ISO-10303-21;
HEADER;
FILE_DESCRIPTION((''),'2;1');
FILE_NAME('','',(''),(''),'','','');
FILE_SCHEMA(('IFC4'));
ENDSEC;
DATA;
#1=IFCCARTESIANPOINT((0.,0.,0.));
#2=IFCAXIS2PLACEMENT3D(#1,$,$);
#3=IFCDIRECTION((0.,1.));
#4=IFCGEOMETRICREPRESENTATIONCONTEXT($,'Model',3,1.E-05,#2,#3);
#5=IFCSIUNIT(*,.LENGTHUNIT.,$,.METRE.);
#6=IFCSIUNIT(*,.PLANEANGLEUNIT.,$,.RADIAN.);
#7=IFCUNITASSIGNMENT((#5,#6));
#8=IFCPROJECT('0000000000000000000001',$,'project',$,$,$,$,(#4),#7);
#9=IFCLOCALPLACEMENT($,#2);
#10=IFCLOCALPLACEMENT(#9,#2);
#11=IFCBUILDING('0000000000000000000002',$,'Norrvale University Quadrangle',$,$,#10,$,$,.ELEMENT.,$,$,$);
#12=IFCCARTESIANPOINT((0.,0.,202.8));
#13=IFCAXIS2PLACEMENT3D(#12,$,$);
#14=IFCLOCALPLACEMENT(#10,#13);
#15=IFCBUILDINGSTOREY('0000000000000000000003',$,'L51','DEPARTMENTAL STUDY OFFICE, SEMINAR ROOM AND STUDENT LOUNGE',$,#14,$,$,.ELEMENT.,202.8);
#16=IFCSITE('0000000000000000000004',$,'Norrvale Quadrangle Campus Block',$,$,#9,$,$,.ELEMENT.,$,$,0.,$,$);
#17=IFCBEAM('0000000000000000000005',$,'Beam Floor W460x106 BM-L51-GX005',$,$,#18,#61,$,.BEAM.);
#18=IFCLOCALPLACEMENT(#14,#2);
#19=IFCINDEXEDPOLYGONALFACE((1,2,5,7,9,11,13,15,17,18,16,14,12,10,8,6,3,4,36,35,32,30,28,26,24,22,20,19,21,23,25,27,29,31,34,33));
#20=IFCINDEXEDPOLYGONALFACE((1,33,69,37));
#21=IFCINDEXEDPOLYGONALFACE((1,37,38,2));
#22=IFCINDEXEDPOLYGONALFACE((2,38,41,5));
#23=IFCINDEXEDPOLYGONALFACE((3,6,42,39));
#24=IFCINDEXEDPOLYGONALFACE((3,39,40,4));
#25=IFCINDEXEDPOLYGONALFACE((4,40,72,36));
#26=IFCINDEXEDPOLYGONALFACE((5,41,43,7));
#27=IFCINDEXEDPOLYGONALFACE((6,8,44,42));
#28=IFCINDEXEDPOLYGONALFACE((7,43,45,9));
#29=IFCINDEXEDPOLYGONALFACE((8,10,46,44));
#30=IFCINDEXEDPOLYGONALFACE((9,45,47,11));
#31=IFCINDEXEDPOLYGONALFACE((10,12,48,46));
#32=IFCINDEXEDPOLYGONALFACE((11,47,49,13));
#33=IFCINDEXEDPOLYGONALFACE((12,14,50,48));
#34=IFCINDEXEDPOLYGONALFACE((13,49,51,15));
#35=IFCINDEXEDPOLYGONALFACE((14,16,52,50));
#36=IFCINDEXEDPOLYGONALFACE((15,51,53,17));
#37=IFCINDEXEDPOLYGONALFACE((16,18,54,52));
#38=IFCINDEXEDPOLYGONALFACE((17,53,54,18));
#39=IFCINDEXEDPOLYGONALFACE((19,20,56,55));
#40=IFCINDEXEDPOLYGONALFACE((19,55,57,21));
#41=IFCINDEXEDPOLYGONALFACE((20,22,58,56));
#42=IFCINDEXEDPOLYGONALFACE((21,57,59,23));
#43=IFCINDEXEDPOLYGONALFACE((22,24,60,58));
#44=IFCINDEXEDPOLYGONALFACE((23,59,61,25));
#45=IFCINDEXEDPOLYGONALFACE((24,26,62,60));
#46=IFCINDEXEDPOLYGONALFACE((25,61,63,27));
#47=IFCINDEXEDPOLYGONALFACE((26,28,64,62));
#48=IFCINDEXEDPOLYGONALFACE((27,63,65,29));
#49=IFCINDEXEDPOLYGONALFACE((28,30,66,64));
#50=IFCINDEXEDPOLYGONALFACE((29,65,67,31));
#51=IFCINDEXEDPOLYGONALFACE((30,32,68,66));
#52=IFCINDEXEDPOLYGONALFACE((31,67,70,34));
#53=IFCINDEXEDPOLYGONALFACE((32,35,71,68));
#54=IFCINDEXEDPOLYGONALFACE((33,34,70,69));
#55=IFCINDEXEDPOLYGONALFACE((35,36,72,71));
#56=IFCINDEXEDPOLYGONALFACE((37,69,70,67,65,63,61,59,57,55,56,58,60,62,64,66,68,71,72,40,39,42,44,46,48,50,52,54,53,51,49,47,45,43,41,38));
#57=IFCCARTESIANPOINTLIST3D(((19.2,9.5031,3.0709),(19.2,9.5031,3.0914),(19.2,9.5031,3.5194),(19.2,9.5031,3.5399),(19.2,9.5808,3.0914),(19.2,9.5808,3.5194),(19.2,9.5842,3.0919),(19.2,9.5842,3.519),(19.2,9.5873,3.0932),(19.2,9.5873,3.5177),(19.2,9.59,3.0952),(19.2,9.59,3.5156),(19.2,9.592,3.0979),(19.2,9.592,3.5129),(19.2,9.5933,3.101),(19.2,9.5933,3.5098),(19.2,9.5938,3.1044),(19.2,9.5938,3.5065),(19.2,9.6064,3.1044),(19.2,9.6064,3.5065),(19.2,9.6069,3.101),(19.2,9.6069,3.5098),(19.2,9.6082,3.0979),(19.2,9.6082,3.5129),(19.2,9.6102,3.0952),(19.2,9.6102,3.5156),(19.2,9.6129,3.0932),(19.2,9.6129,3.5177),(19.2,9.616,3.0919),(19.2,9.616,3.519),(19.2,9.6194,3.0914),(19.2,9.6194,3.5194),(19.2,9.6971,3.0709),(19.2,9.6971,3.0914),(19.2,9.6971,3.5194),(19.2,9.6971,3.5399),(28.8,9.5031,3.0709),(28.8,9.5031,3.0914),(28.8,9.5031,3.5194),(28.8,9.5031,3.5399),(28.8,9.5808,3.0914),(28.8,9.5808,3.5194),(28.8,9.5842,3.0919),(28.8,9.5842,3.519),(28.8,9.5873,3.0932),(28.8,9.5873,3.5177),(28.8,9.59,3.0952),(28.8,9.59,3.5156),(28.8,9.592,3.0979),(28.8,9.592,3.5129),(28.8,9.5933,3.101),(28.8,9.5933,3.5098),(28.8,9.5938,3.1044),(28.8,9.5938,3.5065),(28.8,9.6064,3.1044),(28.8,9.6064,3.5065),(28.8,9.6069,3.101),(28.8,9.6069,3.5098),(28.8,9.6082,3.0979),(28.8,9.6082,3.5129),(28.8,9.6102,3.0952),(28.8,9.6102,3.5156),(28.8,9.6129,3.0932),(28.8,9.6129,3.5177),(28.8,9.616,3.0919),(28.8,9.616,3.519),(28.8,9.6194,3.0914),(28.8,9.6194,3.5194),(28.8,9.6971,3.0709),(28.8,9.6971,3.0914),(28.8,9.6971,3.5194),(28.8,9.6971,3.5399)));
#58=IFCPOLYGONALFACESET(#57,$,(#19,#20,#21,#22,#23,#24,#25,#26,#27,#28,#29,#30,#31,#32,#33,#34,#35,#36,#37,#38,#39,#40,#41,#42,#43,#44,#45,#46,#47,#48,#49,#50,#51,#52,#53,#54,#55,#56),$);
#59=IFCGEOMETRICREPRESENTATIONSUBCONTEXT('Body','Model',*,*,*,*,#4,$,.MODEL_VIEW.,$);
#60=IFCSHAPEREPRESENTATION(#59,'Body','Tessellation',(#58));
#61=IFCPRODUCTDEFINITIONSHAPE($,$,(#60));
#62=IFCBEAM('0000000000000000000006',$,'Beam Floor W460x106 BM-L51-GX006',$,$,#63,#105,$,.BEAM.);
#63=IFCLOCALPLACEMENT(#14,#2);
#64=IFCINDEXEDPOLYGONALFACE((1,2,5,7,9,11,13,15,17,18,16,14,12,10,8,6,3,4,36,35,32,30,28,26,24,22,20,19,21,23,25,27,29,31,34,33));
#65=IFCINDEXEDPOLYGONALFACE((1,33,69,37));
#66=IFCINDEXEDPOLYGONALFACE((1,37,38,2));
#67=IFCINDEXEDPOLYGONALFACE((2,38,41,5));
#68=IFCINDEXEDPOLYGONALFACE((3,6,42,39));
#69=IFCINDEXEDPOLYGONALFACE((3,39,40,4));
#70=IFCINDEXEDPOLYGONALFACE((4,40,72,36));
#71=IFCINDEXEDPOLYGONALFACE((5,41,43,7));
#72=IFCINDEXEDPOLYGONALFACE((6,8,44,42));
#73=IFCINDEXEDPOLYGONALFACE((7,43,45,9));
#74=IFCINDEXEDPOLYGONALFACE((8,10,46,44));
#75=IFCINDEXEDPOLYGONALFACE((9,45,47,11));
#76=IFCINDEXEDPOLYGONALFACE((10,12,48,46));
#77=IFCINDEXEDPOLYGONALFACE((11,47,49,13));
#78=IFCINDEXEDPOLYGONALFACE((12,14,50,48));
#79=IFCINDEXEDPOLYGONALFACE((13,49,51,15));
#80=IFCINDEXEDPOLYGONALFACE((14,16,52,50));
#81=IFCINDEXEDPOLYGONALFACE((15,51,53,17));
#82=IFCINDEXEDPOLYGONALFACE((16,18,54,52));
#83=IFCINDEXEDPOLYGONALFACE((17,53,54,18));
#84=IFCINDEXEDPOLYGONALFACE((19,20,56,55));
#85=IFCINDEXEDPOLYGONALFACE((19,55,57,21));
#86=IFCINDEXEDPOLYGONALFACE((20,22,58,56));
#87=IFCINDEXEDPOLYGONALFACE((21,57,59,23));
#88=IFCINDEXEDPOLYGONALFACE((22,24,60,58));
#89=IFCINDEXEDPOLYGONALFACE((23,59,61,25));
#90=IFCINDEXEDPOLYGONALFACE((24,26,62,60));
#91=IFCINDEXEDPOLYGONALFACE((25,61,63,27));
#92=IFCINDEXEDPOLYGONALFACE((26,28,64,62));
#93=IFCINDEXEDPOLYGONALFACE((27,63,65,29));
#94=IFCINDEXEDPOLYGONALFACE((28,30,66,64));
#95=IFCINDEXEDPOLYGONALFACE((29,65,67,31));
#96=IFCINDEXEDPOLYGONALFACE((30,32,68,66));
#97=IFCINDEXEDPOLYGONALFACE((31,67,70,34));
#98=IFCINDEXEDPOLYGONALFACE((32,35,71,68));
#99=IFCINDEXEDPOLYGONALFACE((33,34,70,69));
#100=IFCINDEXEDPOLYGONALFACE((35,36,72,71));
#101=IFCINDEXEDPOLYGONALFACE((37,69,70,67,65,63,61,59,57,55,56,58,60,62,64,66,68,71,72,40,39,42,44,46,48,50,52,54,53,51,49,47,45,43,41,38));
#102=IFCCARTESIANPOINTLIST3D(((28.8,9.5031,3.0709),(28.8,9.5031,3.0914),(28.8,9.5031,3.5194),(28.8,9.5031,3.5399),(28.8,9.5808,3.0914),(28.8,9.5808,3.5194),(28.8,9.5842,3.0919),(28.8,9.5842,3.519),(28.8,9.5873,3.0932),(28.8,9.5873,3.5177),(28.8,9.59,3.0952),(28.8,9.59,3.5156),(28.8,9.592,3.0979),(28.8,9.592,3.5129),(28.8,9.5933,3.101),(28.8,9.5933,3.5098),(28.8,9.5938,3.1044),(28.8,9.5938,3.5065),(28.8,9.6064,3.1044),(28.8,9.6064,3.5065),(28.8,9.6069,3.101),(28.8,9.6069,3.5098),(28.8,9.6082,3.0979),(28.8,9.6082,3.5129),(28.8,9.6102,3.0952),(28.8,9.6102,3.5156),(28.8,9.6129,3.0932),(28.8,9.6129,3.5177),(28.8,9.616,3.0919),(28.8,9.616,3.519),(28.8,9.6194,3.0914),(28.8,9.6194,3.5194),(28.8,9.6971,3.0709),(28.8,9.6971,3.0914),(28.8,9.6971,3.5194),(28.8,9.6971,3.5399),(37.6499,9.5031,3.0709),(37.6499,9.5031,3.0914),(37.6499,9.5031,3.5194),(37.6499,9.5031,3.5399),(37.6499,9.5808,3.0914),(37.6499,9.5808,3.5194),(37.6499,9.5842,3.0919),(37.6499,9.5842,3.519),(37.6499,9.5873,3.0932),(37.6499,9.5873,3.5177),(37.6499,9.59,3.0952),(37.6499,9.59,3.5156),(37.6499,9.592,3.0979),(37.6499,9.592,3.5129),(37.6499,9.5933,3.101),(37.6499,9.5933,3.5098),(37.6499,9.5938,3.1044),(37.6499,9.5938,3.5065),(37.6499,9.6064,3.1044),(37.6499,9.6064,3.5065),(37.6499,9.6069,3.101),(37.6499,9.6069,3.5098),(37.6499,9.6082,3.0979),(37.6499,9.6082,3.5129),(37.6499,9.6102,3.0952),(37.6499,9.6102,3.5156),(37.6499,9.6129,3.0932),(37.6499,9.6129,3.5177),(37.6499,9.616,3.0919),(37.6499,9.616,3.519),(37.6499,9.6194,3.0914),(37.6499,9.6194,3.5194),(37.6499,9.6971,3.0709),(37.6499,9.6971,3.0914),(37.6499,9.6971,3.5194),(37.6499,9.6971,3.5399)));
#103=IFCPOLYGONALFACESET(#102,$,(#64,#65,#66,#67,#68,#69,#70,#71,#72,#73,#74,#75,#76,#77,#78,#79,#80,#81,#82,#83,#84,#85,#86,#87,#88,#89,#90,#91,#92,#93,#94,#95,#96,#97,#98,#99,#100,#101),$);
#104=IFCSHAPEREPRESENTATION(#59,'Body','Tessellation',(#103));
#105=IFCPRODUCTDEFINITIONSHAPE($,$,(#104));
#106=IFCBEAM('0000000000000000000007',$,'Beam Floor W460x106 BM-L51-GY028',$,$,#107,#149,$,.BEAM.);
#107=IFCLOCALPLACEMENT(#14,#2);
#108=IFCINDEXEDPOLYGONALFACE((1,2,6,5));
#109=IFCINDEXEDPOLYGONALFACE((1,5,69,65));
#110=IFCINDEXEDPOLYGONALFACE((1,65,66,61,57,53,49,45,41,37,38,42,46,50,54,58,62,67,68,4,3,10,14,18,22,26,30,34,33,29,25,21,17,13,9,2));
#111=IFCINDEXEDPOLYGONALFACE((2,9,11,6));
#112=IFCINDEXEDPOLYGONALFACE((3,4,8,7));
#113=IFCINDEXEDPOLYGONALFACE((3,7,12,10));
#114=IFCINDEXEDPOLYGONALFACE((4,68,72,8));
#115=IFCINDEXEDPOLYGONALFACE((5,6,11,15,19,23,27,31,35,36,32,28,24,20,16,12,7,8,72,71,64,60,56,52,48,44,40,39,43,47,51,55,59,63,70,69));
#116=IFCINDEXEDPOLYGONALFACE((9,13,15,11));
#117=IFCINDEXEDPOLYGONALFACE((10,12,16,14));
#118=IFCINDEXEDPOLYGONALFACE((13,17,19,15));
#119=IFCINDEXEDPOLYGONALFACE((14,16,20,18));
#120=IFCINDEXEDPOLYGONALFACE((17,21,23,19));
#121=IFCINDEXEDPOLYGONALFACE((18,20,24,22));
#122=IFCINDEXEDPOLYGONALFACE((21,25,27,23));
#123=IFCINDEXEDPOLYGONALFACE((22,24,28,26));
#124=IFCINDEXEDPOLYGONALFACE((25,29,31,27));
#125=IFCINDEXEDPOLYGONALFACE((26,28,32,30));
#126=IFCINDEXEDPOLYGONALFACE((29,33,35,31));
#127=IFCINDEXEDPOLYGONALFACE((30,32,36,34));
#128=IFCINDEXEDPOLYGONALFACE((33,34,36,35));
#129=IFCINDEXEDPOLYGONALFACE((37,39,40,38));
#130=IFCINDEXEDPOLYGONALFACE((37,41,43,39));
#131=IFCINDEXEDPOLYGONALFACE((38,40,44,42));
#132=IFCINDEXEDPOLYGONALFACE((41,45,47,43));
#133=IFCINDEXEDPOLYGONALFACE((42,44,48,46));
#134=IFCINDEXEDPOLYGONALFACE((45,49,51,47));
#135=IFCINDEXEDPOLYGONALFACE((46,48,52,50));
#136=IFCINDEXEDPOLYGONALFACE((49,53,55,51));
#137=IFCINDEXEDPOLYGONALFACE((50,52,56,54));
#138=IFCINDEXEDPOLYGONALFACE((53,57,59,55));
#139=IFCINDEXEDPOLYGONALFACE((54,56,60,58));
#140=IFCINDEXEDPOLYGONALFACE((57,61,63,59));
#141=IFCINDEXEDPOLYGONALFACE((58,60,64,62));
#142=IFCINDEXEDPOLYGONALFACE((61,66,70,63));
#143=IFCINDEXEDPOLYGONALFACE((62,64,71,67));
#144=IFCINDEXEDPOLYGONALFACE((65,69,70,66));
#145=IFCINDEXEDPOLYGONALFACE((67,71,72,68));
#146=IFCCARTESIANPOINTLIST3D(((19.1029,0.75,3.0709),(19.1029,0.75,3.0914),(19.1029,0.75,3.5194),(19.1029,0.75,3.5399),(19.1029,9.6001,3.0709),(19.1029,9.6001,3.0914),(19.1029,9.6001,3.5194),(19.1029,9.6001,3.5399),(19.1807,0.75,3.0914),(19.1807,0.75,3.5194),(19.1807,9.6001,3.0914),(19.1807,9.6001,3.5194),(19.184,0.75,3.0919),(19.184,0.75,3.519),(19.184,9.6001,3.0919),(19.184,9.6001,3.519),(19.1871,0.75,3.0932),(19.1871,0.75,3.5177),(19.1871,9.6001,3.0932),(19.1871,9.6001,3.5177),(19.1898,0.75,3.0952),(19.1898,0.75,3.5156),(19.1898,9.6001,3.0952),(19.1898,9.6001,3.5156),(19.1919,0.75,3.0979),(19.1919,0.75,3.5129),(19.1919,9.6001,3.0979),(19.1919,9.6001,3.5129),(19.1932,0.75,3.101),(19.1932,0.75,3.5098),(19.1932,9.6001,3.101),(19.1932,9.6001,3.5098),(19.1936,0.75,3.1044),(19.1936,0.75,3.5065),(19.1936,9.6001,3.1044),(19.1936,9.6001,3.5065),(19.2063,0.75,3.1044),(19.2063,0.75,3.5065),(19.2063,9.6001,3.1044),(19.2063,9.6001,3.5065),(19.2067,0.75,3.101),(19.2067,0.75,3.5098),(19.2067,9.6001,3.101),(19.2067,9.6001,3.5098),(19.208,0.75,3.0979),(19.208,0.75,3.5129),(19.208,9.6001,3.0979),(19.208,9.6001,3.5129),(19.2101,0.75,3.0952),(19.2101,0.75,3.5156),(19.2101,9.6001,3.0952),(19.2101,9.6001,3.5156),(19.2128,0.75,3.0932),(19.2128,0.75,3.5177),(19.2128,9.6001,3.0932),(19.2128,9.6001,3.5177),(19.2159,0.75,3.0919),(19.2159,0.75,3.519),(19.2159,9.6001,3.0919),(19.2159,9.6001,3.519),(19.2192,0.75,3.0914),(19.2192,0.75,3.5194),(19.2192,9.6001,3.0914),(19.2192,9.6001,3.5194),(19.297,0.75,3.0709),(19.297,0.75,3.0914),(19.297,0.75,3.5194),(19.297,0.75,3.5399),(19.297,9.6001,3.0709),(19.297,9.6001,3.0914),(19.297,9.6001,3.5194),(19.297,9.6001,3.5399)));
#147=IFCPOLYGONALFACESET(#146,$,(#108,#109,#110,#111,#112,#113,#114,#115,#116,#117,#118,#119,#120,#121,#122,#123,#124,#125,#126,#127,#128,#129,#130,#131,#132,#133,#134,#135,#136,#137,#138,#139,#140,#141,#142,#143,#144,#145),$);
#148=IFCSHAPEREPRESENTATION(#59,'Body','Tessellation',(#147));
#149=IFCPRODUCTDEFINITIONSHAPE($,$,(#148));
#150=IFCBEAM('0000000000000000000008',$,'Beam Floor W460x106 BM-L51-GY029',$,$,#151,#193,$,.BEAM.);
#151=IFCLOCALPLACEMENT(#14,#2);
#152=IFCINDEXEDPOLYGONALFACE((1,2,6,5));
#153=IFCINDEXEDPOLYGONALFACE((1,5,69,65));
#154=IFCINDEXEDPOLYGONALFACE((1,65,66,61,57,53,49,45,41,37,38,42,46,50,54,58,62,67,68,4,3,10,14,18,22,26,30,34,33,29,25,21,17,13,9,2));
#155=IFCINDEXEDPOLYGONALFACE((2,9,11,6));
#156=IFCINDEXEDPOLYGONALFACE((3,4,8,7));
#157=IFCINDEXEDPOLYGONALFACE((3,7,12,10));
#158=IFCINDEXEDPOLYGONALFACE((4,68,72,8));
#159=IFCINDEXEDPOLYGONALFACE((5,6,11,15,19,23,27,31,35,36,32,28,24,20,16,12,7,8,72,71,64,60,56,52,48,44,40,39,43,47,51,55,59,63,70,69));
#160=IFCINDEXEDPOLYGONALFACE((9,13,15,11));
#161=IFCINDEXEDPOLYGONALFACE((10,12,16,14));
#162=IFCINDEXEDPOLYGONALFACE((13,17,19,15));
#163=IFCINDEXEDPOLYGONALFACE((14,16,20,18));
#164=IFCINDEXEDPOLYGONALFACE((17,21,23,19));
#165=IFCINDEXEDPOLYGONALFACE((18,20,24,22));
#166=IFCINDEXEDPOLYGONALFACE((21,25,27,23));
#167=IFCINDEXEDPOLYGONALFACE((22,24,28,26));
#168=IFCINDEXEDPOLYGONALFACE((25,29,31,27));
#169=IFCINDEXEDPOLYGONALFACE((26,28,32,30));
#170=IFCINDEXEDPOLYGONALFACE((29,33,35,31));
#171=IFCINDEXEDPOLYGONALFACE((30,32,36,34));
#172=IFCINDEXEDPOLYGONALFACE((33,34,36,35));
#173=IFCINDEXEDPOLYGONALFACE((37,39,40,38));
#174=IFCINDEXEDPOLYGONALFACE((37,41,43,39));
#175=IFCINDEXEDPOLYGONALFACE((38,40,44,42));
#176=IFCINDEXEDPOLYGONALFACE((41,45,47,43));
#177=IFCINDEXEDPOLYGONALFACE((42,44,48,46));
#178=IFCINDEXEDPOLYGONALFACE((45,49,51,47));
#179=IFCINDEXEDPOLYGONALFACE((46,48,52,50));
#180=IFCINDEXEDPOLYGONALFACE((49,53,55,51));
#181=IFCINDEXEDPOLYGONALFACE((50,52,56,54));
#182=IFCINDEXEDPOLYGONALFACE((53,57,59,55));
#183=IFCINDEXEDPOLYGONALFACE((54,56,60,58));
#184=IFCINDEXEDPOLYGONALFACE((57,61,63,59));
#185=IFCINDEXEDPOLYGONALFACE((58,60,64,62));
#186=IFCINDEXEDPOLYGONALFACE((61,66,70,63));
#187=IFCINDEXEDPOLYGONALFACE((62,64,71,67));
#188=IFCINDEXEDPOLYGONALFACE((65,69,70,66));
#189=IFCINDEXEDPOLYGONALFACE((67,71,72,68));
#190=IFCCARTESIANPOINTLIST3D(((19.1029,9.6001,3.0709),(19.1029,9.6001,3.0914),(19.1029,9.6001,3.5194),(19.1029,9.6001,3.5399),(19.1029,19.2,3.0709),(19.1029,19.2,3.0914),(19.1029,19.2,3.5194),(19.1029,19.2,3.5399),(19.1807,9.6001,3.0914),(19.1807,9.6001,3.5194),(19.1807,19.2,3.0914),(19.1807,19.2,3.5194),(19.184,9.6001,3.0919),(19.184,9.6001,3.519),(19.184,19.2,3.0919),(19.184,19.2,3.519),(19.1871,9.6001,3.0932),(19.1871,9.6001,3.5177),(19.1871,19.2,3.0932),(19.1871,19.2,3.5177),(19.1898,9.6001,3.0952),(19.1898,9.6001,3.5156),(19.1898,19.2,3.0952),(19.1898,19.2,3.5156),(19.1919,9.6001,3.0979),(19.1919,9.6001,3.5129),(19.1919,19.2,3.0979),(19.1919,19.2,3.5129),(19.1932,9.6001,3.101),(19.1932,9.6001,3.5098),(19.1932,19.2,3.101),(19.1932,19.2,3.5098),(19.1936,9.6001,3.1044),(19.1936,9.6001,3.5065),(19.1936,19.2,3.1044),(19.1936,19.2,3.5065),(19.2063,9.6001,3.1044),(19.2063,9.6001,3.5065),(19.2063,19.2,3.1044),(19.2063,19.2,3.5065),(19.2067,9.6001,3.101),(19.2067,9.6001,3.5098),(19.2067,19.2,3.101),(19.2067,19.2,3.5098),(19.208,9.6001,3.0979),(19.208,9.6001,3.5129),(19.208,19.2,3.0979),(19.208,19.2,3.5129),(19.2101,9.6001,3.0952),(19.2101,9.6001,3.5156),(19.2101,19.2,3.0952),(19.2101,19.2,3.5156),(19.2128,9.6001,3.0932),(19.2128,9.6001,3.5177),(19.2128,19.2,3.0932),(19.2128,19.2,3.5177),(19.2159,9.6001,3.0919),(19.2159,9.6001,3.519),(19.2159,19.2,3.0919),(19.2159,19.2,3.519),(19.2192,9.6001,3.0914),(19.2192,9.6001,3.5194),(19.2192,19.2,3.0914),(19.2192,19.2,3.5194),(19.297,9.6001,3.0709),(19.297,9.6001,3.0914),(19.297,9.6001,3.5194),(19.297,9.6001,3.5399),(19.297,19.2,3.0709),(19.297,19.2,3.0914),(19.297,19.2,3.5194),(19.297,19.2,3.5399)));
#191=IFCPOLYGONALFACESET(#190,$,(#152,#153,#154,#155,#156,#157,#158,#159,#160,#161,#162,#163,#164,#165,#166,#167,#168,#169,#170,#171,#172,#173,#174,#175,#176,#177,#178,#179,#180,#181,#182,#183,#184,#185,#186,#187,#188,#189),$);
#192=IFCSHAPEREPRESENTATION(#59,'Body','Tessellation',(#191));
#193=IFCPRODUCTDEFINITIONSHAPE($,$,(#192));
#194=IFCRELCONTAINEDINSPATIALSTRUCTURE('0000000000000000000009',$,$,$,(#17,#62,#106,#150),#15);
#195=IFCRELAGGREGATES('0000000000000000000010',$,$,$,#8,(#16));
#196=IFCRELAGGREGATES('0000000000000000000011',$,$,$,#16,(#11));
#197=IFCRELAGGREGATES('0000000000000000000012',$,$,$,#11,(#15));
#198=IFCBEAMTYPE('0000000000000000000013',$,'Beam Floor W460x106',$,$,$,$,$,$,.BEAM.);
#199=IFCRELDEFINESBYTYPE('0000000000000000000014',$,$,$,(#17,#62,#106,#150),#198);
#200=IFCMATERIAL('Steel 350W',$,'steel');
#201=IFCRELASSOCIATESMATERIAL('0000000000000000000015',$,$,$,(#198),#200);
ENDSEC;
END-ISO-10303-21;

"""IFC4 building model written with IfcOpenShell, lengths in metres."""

from ifc_helpers import new_model, si_unit, direction, frame, origin, origin_2d, place, context, subcontext, project, spatial, i_section, extrude, material, material_profile, profile_set, type_object, element, save


model = new_model("IFC4")

# Units and contexts
model_context = context("Model", 3, precision=1e-05, world=origin(), true_north=direction((0.0, 1.0)))
body_context = subcontext(model_context, "Body", "Model", "MODEL_VIEW")
ifc_project = project(units=[si_unit("LENGTHUNIT", "METRE"), si_unit("PLANEANGLEUNIT", "RADIAN")], contexts=[model_context])

# Site, building, storey
site_placement = place(None, origin())
site = spatial("IfcSite", under=ifc_project, at=site_placement, Name="Norrvale Quadrangle Campus Block", CompositionType="ELEMENT", RefElevation=0.0)
building_placement = place(site_placement, origin())
building = spatial("IfcBuilding", under=site, at=building_placement, Name="Norrvale University Quadrangle", CompositionType="ELEMENT")
storey_placement = place(building_placement, frame((0.0, 0.0, 202.8)))
storey = spatial("IfcBuildingStorey", under=building, at=storey_placement, Name="L51", Description="DEPARTMENTAL STUDY OFFICE, SEMINAR ROOM AND STUDENT LOUNGE", CompositionType="ELEMENT", Elevation=202.8)

# Beams
ifc_material_1 = material(Name="Steel 350W", Category="steel")
ifc_material_profile_1 = material_profile(ifc_material_1, i_section(OverallWidth=0.1941, OverallDepth=0.469, WebThickness=0.0127, FlangeThickness=0.0205, FilletRadius=0.0129, at=origin_2d()), Name="Steel 350W")
ifc_profile_set_1 = profile_set([ifc_material_profile_1], Name="Steel 350W")
beam_type_1 = type_object("IfcBeamType", Name="Beam Floor W460x106", PredefinedType="BEAM", material=ifc_profile_set_1)
beam_1_placement = place(storey_placement, frame((19.2, 9.6001, 3.3054), z_axis=(1.0, 0.0, 0.0), x_axis=(0.0, 1.0, 0.0)))
element("IfcBeam", 1, at=beam_1_placement, inside=storey, type_object=beam_type_1, Name="Beam Floor W460x106 BM-L51-GX005", PredefinedType="BEAM", context=body_context, shape_type="SweptSolid", body=[
    extrude(i_section(OverallWidth=0.1941, OverallDepth=0.469, WebThickness=0.0127, FlangeThickness=0.0205, FilletRadius=0.0129, at=origin_2d()), origin(), (0.0, 0.0, 1.0), 9.6001),
])
beam_2_placement = place(storey_placement, frame((28.8, 9.6001, 3.3054), z_axis=(1.0, 0.0, 0.0), x_axis=(0.0, 1.0, 0.0)))
element("IfcBeam", 2, at=beam_2_placement, inside=storey, type_object=beam_type_1, Name="Beam Floor W460x106 BM-L51-GX006", PredefinedType="BEAM", context=body_context, shape_type="SweptSolid", body=[
    extrude(i_section(OverallWidth=0.1941, OverallDepth=0.469, WebThickness=0.0127, FlangeThickness=0.0205, FilletRadius=0.0129, at=origin_2d()), origin(), (0.0, 0.0, 1.0), 8.8499),
])
beam_3_placement = place(storey_placement, frame((19.2, 0.75, 3.3054), z_axis=(0.0, 1.0, 0.0), x_axis=(-1.0, 0.0, 0.0)))
element("IfcBeam", 3, at=beam_3_placement, inside=storey, type_object=beam_type_1, Name="Beam Floor W460x106 BM-L51-GY028", PredefinedType="BEAM", context=body_context, shape_type="SweptSolid", body=[
    extrude(i_section(OverallWidth=0.1941, OverallDepth=0.469, WebThickness=0.0127, FlangeThickness=0.0205, FilletRadius=0.0129, at=origin_2d()), origin(), (0.0, 0.0, 1.0), 8.8501),
])
beam_4_placement = place(storey_placement, frame((19.2, 9.6001, 3.3054), z_axis=(0.0, 1.0, 0.0), x_axis=(-1.0, 0.0, 0.0)))
element("IfcBeam", 4, at=beam_4_placement, inside=storey, type_object=beam_type_1, Name="Beam Floor W460x106 BM-L51-GY029", PredefinedType="BEAM", context=body_context, shape_type="SweptSolid", body=[
    extrude(i_section(OverallWidth=0.1941, OverallDepth=0.469, WebThickness=0.0127, FlangeThickness=0.0205, FilletRadius=0.0129, at=origin_2d()), origin(), (0.0, 0.0, 1.0), 9.5999),
])

save(model, "model.ifc")
